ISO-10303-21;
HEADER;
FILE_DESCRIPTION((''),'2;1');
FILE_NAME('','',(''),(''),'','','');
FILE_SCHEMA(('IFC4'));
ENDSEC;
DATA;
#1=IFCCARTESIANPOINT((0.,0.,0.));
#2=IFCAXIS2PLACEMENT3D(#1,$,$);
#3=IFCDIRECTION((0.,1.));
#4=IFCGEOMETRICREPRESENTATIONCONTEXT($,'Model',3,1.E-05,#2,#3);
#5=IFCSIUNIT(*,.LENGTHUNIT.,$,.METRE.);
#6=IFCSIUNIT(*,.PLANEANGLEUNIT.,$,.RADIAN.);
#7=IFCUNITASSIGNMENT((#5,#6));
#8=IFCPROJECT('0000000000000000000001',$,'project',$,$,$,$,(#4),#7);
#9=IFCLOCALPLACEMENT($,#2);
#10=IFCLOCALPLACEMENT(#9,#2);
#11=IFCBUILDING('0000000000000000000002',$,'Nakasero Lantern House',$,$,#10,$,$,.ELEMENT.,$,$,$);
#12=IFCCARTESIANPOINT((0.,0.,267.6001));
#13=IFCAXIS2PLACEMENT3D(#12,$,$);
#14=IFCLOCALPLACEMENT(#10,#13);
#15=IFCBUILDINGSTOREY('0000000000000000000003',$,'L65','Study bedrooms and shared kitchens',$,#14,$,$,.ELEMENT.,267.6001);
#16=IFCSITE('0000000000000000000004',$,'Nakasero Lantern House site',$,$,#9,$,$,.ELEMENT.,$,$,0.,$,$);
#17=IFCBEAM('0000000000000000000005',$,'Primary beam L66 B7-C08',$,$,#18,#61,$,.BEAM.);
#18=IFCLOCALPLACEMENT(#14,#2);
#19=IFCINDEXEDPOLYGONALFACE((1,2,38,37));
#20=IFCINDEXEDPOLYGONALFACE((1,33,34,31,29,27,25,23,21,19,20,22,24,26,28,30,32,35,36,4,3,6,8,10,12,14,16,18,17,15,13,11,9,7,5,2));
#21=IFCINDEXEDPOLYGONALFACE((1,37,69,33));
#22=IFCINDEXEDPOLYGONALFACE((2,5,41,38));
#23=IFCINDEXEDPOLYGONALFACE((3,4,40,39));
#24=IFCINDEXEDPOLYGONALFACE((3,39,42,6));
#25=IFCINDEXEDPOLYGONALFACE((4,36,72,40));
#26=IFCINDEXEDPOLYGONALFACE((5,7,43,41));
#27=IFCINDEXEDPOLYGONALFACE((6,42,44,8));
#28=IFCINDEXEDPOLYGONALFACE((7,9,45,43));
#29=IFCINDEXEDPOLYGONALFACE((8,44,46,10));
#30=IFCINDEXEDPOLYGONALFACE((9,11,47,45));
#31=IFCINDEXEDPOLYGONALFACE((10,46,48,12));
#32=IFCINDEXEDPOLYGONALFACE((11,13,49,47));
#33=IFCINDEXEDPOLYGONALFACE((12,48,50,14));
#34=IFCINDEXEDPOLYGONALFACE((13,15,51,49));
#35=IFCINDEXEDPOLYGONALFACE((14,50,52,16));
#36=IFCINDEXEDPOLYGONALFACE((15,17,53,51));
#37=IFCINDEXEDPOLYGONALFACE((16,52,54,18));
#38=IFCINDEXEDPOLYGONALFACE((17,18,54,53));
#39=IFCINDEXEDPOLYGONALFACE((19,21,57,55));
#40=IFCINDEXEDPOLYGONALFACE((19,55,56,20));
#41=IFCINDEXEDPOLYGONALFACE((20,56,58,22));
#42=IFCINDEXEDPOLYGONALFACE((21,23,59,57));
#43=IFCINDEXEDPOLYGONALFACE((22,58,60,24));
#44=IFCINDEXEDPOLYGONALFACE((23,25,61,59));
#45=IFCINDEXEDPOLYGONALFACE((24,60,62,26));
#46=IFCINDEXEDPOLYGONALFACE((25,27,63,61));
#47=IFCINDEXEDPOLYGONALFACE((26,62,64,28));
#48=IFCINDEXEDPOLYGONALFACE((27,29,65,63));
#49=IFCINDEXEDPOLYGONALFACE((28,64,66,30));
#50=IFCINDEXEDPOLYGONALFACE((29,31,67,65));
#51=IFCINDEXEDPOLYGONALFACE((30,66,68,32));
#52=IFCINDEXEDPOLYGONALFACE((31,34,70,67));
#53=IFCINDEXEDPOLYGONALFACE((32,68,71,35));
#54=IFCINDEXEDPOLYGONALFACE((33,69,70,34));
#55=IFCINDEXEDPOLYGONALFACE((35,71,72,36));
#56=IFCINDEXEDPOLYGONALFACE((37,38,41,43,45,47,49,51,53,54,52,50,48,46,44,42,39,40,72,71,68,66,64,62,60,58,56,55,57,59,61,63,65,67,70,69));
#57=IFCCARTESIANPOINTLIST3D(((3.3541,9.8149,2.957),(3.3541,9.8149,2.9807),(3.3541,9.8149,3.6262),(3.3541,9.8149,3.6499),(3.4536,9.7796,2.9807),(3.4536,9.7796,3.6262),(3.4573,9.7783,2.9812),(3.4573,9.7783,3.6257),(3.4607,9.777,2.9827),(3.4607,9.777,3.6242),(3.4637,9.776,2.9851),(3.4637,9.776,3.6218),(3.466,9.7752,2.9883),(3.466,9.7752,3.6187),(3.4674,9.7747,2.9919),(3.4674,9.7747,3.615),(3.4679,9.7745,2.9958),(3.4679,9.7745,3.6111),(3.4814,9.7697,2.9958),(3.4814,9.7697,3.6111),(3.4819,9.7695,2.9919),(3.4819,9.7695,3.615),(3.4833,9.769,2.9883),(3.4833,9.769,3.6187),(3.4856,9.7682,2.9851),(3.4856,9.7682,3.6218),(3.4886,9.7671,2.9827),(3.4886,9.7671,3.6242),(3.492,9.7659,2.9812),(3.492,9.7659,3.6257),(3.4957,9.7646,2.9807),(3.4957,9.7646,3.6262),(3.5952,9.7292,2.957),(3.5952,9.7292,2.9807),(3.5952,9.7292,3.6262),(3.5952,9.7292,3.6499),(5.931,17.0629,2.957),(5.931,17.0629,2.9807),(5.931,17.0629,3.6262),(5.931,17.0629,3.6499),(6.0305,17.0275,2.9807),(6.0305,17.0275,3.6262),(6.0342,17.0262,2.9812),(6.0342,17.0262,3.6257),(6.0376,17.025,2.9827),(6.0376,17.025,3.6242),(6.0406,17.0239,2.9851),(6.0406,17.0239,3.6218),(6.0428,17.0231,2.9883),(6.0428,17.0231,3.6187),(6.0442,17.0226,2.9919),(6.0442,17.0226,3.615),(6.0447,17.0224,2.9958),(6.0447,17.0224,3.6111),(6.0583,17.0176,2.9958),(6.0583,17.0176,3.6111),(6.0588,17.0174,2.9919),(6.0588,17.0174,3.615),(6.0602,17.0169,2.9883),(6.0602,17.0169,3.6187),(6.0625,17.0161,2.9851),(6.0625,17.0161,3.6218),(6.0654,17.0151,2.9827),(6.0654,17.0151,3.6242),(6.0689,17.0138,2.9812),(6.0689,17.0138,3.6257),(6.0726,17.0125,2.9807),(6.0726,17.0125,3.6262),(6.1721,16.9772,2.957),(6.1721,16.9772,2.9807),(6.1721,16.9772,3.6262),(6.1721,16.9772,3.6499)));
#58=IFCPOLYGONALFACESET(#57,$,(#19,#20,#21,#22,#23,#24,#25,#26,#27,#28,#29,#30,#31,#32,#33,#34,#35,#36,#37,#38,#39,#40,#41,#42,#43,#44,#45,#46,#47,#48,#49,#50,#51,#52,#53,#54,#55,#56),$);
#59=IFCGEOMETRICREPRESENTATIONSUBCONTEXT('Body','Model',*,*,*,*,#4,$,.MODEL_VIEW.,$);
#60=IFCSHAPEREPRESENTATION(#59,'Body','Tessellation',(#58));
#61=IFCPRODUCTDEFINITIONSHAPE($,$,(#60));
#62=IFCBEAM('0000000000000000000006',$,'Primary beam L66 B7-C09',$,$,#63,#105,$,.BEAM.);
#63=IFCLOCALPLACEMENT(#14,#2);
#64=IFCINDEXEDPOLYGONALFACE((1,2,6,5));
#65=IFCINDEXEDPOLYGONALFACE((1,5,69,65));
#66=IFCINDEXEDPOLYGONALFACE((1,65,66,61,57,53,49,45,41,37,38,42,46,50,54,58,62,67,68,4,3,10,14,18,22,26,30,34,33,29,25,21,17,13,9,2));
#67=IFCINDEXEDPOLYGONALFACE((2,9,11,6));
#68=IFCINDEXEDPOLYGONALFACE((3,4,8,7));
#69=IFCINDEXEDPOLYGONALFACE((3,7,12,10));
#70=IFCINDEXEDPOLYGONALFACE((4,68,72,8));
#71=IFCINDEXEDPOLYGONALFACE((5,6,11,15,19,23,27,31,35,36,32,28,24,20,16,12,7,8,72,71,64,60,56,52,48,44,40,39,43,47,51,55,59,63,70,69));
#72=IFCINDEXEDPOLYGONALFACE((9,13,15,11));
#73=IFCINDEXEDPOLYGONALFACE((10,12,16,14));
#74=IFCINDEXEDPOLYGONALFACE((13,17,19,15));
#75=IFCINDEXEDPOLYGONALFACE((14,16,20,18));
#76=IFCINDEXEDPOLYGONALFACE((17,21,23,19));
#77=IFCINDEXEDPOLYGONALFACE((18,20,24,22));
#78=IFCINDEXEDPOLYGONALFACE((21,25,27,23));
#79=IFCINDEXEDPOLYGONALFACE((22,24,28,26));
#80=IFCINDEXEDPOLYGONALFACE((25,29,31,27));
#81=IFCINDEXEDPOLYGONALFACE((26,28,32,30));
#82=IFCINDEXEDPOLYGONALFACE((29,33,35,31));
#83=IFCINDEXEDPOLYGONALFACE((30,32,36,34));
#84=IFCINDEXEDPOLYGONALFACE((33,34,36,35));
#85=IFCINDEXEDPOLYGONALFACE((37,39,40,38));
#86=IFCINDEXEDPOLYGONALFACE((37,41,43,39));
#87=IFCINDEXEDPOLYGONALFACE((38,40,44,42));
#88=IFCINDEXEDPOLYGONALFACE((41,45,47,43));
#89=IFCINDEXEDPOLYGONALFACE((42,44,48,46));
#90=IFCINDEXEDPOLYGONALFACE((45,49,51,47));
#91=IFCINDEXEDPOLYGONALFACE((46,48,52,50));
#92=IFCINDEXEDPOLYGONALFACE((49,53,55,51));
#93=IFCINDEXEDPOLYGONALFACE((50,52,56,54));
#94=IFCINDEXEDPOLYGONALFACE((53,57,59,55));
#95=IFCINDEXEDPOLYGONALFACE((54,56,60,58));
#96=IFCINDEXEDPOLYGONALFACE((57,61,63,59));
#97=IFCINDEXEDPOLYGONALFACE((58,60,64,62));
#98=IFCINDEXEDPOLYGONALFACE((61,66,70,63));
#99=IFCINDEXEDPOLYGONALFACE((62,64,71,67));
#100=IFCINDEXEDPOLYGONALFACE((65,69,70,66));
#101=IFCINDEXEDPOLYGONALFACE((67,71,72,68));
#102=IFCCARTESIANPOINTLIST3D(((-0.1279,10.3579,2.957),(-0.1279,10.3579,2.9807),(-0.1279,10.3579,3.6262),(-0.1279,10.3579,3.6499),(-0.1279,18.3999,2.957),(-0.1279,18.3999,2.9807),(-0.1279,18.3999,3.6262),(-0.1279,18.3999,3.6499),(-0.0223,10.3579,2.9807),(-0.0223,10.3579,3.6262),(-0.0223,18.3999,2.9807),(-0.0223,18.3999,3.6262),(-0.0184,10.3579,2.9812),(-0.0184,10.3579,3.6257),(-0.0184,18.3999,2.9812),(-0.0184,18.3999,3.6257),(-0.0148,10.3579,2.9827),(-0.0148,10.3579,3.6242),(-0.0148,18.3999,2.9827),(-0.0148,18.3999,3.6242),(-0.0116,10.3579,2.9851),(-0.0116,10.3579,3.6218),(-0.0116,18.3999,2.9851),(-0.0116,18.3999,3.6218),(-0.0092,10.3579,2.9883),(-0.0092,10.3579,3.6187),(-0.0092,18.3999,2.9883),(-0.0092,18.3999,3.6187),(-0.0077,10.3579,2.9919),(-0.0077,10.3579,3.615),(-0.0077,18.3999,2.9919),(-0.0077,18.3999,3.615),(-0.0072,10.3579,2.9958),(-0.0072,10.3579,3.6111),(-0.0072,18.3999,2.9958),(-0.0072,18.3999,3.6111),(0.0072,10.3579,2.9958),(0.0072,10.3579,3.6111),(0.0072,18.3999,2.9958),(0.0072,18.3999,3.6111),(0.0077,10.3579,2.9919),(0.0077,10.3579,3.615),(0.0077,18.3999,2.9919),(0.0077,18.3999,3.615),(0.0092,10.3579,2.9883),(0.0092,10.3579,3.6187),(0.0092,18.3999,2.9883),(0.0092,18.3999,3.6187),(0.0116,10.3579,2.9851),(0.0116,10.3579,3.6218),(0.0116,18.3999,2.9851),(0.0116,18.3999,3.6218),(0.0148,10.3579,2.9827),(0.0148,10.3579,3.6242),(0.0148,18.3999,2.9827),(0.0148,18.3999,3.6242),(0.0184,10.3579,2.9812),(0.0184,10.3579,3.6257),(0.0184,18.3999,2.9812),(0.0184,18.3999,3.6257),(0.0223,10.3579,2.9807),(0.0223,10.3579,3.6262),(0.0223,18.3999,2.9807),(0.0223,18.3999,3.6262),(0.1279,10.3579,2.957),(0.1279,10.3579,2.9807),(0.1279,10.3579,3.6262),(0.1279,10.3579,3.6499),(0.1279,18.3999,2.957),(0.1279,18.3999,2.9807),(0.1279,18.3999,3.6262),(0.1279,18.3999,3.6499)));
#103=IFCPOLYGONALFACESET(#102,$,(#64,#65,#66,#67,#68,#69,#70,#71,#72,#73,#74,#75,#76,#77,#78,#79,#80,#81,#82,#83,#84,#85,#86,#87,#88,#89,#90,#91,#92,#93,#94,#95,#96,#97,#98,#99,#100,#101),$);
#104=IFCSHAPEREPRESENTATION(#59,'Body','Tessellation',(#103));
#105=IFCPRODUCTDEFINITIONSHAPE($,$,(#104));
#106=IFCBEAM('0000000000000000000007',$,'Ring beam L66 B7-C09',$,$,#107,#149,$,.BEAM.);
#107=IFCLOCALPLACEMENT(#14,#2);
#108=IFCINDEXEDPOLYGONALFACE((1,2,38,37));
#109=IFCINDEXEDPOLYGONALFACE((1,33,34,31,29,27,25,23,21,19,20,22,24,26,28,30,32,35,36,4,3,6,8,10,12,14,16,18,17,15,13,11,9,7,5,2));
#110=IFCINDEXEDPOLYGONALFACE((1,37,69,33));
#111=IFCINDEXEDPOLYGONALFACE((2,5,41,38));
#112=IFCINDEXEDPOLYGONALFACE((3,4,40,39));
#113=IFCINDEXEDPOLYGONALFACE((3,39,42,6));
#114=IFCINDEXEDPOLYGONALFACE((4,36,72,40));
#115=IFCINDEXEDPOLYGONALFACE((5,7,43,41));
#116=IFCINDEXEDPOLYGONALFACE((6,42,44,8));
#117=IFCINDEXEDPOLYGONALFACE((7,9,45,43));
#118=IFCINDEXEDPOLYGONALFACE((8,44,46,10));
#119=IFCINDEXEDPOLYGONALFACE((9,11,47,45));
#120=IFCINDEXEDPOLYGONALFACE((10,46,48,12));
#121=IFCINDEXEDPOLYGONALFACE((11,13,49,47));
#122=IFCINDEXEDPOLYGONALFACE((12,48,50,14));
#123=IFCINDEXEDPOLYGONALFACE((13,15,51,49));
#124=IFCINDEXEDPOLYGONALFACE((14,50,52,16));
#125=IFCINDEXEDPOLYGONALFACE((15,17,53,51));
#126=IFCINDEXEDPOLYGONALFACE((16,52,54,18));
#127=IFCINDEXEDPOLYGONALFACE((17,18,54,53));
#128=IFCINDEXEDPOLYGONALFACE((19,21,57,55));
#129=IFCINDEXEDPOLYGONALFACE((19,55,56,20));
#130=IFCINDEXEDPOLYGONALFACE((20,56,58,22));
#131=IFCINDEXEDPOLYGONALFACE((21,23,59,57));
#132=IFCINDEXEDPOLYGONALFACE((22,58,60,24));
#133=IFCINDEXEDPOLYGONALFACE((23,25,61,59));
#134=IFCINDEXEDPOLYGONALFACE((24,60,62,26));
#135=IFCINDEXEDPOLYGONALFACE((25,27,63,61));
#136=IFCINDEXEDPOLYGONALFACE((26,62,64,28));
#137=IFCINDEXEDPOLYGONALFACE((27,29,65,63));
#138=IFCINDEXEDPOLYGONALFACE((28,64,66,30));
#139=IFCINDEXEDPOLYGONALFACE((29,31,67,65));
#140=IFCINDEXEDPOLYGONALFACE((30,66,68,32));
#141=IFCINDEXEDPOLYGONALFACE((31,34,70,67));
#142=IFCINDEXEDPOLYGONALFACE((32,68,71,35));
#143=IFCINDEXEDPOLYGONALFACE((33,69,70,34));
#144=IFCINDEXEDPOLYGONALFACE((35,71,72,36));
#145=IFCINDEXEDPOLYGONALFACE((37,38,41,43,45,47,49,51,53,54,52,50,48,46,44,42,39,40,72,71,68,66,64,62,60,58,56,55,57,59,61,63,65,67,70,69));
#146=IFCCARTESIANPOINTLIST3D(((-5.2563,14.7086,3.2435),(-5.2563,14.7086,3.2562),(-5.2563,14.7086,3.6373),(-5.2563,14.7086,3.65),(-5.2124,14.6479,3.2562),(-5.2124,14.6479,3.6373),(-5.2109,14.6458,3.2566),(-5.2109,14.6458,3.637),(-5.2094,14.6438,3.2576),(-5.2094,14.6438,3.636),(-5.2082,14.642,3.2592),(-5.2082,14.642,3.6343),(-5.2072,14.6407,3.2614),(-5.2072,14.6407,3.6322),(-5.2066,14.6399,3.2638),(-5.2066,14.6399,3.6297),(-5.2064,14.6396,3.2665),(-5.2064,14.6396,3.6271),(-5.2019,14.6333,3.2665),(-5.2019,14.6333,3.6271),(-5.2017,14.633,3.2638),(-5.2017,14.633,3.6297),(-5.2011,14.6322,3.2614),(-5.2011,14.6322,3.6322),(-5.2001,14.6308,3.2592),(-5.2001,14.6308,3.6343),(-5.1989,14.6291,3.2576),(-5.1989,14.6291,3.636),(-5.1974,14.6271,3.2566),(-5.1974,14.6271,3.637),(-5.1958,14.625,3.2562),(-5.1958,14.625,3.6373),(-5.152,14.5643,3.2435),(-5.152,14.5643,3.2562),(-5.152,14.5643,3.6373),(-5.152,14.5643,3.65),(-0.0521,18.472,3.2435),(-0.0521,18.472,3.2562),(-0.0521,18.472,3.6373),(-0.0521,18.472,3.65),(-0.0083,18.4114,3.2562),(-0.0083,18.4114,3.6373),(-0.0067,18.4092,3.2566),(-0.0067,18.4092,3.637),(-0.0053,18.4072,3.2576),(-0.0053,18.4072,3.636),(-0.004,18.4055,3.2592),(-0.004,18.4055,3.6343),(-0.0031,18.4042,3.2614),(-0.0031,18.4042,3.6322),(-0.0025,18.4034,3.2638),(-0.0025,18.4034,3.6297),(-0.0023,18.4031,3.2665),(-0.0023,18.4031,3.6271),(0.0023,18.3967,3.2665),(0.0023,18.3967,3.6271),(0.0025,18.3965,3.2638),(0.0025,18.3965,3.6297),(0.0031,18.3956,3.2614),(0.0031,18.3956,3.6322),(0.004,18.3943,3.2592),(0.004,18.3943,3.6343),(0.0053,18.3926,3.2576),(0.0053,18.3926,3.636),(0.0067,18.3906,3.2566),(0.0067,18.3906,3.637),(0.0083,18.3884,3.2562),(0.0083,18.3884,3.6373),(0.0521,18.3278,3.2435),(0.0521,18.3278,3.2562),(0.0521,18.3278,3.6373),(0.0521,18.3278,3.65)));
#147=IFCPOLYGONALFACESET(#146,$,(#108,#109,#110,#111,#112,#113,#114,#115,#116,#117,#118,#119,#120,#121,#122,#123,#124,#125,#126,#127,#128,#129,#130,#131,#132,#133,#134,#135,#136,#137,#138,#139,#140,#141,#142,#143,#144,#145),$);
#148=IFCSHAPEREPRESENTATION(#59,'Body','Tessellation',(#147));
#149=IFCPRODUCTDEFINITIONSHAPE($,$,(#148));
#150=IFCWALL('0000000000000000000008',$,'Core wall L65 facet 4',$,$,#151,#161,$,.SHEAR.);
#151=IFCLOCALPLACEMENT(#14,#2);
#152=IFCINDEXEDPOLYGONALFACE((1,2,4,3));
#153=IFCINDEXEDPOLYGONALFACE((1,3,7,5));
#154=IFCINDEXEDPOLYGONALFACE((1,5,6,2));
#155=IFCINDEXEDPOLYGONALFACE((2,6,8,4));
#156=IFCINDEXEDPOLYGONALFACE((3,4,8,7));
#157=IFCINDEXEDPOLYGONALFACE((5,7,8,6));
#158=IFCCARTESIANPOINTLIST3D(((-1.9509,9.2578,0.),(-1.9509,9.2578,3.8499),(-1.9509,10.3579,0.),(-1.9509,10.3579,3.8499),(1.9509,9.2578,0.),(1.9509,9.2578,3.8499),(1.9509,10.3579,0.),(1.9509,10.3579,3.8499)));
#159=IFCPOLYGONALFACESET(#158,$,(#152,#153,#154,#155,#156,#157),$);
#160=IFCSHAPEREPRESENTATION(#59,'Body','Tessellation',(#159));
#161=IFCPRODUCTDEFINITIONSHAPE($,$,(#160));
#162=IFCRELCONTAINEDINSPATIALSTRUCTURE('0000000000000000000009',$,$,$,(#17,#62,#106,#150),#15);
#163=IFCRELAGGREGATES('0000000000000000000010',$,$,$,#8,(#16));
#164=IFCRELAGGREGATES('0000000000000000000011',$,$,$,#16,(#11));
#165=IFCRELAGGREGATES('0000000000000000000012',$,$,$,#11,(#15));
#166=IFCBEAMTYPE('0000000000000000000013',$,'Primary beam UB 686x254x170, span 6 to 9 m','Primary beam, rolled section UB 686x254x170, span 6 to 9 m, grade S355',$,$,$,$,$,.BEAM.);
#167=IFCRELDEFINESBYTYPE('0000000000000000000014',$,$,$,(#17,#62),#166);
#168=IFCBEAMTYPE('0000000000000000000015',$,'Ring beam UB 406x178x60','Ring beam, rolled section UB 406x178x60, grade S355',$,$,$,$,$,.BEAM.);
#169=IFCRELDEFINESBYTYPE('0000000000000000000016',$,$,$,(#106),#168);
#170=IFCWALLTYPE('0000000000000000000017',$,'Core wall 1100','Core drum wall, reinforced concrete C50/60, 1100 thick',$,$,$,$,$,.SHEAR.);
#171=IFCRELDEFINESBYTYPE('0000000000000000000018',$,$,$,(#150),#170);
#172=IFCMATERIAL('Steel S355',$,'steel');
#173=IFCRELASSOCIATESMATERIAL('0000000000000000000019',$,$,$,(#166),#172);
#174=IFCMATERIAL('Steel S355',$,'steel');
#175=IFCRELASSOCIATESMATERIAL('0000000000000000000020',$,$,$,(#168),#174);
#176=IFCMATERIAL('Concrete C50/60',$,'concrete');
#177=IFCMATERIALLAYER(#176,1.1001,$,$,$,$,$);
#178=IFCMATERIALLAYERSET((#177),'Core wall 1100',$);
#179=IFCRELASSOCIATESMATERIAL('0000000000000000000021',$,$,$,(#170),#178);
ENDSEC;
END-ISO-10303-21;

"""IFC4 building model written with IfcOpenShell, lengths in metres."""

from ifc_helpers import new_model, si_unit, direction, frame, frame_2d, origin, origin_2d, place, context, subcontext, project, spatial, rectangle, i_section, extrude, material, layer, layer_set, material_profile, profile_set, type_object, element, save


model = new_model("IFC4")

# Units and contexts
model_context = context("Model", 3, precision=1e-05, world=origin(), true_north=direction((0.0, 1.0)))
body_context = subcontext(model_context, "Body", "Model", "MODEL_VIEW")
ifc_project = project(units=[si_unit("LENGTHUNIT", "METRE"), si_unit("PLANEANGLEUNIT", "RADIAN")], contexts=[model_context])

# Site, building, storey
site_placement = place(None, origin())
site = spatial("IfcSite", under=ifc_project, at=site_placement, Name="Nakasero Lantern House site", CompositionType="ELEMENT", RefElevation=0.0)
building_placement = place(site_placement, origin())
building = spatial("IfcBuilding", under=site, at=building_placement, Name="Nakasero Lantern House", CompositionType="ELEMENT")
storey_placement = place(building_placement, frame((0.0, 0.0, 267.6001)))
storey = spatial("IfcBuildingStorey", under=building, at=storey_placement, Name="L65", Description="Study bedrooms and shared kitchens", CompositionType="ELEMENT", Elevation=267.6001)

# Beams
ifc_material_1 = material(Name="Steel S355", Category="steel")
ifc_material_profile_1 = material_profile(ifc_material_1, i_section(OverallWidth=0.2559, OverallDepth=0.6929, WebThickness=0.0144, FlangeThickness=0.0237, FilletRadius=0.0151, at=origin_2d()), Name="UB 686x254x170")
ifc_profile_set_1 = profile_set([ifc_material_profile_1], Name="Steel S355")
beam_type_1 = type_object("IfcBeamType", Name="Primary beam UB 686x254x170, span 6 to 9 m", Description="Primary beam, rolled section UB 686x254x170, span 6 to 9 m, grade S355", PredefinedType="BEAM", material=ifc_profile_set_1)
beam_1_placement = place(storey_placement, frame((6.0515, 17.02, 3.3035), z_axis=(-0.334989, -0.942222, 0.0), x_axis=(0.942222, -0.334989, 0.0)))
element("IfcBeam", 1, at=beam_1_placement, inside=storey, type_object=beam_type_1, Name="Primary beam L66 B7-C08", PredefinedType="BEAM", context=body_context, shape_type="SweptSolid", body=[
    extrude(i_section(OverallWidth=0.2559, OverallDepth=0.6929, WebThickness=0.0144, FlangeThickness=0.0237, FilletRadius=0.0151, at=origin_2d()), origin(), (0.0, 0.0, 1.0), 7.6924),
])
beam_2_placement = place(storey_placement, frame((0.0, 18.3999, 3.3035), z_axis=(0.0, -1.0, 0.0), x_axis=(1.0, 0.0, 0.0)))
element("IfcBeam", 2, at=beam_2_placement, inside=storey, type_object=beam_type_1, Name="Primary beam L66 B7-C09", PredefinedType="BEAM", context=body_context, shape_type="SweptSolid", body=[
    extrude(i_section(OverallWidth=0.2559, OverallDepth=0.6929, WebThickness=0.0144, FlangeThickness=0.0237, FilletRadius=0.0151, at=origin_2d()), origin(), (0.0, 0.0, 1.0), 8.042),
])
ifc_material_2 = material(Name="Steel S355", Category="steel")
ifc_material_profile_2 = material_profile(ifc_material_2, i_section(OverallWidth=0.178, OverallDepth=0.4065, WebThickness=0.0078, FlangeThickness=0.0127, FilletRadius=0.0103, at=origin_2d()), Name="UB 406x178x60")
ifc_profile_set_2 = profile_set([ifc_material_profile_2], Name="Steel S355")
beam_type_2 = type_object("IfcBeamType", Name="Ring beam UB 406x178x60", Description="Ring beam, rolled section UB 406x178x60, grade S355", PredefinedType="BEAM", material=ifc_profile_set_2)
beam_3_placement = place(storey_placement, frame((0.0, 18.3999, 3.4468), z_axis=(-0.810316, -0.585993, 0.0), x_axis=(0.585993, -0.810316, 0.0)))
element("IfcBeam", 3, at=beam_3_placement, inside=storey, type_object=beam_type_2, Name="Ring beam L66 B7-C09", PredefinedType="BEAM", context=body_context, shape_type="SweptSolid", body=[
    extrude(i_section(OverallWidth=0.178, OverallDepth=0.4065, WebThickness=0.0078, FlangeThickness=0.0127, FilletRadius=0.0103, at=origin_2d()), origin(), (0.0, 0.0, 1.0), 6.4224),
])

# Wall
ifc_material_3 = material(Name="Concrete C50/60", Category="concrete")
ifc_layer_1 = layer(ifc_material_3, 1.1001)
ifc_layer_set_1 = layer_set([ifc_layer_1], Name="Core wall 1100")
wall_type_1 = type_object("IfcWallType", Name="Core wall 1100", Description="Core drum wall, reinforced concrete C50/60, 1100 thick", PredefinedType="SHEAR", material=ifc_layer_set_1)
wall_1_placement = place(storey_placement, frame((1.9509, 9.8079, 0.0), z_axis=(0.0, 0.0, 1.0), x_axis=(-1.0, 0.0, 0.0)))
element("IfcWall", 4, at=wall_1_placement, inside=storey, type_object=wall_type_1, Name="Core wall L65 facet 4", PredefinedType="SHEAR", context=body_context, shape_type="SweptSolid", body=[
    extrude(rectangle(XDim=3.9019, YDim=1.1001, at=frame_2d((1.9509, 0.0))), origin(), (0.0, 0.0, 1.0), 3.8499),
])

save(model, "model.ifc")
